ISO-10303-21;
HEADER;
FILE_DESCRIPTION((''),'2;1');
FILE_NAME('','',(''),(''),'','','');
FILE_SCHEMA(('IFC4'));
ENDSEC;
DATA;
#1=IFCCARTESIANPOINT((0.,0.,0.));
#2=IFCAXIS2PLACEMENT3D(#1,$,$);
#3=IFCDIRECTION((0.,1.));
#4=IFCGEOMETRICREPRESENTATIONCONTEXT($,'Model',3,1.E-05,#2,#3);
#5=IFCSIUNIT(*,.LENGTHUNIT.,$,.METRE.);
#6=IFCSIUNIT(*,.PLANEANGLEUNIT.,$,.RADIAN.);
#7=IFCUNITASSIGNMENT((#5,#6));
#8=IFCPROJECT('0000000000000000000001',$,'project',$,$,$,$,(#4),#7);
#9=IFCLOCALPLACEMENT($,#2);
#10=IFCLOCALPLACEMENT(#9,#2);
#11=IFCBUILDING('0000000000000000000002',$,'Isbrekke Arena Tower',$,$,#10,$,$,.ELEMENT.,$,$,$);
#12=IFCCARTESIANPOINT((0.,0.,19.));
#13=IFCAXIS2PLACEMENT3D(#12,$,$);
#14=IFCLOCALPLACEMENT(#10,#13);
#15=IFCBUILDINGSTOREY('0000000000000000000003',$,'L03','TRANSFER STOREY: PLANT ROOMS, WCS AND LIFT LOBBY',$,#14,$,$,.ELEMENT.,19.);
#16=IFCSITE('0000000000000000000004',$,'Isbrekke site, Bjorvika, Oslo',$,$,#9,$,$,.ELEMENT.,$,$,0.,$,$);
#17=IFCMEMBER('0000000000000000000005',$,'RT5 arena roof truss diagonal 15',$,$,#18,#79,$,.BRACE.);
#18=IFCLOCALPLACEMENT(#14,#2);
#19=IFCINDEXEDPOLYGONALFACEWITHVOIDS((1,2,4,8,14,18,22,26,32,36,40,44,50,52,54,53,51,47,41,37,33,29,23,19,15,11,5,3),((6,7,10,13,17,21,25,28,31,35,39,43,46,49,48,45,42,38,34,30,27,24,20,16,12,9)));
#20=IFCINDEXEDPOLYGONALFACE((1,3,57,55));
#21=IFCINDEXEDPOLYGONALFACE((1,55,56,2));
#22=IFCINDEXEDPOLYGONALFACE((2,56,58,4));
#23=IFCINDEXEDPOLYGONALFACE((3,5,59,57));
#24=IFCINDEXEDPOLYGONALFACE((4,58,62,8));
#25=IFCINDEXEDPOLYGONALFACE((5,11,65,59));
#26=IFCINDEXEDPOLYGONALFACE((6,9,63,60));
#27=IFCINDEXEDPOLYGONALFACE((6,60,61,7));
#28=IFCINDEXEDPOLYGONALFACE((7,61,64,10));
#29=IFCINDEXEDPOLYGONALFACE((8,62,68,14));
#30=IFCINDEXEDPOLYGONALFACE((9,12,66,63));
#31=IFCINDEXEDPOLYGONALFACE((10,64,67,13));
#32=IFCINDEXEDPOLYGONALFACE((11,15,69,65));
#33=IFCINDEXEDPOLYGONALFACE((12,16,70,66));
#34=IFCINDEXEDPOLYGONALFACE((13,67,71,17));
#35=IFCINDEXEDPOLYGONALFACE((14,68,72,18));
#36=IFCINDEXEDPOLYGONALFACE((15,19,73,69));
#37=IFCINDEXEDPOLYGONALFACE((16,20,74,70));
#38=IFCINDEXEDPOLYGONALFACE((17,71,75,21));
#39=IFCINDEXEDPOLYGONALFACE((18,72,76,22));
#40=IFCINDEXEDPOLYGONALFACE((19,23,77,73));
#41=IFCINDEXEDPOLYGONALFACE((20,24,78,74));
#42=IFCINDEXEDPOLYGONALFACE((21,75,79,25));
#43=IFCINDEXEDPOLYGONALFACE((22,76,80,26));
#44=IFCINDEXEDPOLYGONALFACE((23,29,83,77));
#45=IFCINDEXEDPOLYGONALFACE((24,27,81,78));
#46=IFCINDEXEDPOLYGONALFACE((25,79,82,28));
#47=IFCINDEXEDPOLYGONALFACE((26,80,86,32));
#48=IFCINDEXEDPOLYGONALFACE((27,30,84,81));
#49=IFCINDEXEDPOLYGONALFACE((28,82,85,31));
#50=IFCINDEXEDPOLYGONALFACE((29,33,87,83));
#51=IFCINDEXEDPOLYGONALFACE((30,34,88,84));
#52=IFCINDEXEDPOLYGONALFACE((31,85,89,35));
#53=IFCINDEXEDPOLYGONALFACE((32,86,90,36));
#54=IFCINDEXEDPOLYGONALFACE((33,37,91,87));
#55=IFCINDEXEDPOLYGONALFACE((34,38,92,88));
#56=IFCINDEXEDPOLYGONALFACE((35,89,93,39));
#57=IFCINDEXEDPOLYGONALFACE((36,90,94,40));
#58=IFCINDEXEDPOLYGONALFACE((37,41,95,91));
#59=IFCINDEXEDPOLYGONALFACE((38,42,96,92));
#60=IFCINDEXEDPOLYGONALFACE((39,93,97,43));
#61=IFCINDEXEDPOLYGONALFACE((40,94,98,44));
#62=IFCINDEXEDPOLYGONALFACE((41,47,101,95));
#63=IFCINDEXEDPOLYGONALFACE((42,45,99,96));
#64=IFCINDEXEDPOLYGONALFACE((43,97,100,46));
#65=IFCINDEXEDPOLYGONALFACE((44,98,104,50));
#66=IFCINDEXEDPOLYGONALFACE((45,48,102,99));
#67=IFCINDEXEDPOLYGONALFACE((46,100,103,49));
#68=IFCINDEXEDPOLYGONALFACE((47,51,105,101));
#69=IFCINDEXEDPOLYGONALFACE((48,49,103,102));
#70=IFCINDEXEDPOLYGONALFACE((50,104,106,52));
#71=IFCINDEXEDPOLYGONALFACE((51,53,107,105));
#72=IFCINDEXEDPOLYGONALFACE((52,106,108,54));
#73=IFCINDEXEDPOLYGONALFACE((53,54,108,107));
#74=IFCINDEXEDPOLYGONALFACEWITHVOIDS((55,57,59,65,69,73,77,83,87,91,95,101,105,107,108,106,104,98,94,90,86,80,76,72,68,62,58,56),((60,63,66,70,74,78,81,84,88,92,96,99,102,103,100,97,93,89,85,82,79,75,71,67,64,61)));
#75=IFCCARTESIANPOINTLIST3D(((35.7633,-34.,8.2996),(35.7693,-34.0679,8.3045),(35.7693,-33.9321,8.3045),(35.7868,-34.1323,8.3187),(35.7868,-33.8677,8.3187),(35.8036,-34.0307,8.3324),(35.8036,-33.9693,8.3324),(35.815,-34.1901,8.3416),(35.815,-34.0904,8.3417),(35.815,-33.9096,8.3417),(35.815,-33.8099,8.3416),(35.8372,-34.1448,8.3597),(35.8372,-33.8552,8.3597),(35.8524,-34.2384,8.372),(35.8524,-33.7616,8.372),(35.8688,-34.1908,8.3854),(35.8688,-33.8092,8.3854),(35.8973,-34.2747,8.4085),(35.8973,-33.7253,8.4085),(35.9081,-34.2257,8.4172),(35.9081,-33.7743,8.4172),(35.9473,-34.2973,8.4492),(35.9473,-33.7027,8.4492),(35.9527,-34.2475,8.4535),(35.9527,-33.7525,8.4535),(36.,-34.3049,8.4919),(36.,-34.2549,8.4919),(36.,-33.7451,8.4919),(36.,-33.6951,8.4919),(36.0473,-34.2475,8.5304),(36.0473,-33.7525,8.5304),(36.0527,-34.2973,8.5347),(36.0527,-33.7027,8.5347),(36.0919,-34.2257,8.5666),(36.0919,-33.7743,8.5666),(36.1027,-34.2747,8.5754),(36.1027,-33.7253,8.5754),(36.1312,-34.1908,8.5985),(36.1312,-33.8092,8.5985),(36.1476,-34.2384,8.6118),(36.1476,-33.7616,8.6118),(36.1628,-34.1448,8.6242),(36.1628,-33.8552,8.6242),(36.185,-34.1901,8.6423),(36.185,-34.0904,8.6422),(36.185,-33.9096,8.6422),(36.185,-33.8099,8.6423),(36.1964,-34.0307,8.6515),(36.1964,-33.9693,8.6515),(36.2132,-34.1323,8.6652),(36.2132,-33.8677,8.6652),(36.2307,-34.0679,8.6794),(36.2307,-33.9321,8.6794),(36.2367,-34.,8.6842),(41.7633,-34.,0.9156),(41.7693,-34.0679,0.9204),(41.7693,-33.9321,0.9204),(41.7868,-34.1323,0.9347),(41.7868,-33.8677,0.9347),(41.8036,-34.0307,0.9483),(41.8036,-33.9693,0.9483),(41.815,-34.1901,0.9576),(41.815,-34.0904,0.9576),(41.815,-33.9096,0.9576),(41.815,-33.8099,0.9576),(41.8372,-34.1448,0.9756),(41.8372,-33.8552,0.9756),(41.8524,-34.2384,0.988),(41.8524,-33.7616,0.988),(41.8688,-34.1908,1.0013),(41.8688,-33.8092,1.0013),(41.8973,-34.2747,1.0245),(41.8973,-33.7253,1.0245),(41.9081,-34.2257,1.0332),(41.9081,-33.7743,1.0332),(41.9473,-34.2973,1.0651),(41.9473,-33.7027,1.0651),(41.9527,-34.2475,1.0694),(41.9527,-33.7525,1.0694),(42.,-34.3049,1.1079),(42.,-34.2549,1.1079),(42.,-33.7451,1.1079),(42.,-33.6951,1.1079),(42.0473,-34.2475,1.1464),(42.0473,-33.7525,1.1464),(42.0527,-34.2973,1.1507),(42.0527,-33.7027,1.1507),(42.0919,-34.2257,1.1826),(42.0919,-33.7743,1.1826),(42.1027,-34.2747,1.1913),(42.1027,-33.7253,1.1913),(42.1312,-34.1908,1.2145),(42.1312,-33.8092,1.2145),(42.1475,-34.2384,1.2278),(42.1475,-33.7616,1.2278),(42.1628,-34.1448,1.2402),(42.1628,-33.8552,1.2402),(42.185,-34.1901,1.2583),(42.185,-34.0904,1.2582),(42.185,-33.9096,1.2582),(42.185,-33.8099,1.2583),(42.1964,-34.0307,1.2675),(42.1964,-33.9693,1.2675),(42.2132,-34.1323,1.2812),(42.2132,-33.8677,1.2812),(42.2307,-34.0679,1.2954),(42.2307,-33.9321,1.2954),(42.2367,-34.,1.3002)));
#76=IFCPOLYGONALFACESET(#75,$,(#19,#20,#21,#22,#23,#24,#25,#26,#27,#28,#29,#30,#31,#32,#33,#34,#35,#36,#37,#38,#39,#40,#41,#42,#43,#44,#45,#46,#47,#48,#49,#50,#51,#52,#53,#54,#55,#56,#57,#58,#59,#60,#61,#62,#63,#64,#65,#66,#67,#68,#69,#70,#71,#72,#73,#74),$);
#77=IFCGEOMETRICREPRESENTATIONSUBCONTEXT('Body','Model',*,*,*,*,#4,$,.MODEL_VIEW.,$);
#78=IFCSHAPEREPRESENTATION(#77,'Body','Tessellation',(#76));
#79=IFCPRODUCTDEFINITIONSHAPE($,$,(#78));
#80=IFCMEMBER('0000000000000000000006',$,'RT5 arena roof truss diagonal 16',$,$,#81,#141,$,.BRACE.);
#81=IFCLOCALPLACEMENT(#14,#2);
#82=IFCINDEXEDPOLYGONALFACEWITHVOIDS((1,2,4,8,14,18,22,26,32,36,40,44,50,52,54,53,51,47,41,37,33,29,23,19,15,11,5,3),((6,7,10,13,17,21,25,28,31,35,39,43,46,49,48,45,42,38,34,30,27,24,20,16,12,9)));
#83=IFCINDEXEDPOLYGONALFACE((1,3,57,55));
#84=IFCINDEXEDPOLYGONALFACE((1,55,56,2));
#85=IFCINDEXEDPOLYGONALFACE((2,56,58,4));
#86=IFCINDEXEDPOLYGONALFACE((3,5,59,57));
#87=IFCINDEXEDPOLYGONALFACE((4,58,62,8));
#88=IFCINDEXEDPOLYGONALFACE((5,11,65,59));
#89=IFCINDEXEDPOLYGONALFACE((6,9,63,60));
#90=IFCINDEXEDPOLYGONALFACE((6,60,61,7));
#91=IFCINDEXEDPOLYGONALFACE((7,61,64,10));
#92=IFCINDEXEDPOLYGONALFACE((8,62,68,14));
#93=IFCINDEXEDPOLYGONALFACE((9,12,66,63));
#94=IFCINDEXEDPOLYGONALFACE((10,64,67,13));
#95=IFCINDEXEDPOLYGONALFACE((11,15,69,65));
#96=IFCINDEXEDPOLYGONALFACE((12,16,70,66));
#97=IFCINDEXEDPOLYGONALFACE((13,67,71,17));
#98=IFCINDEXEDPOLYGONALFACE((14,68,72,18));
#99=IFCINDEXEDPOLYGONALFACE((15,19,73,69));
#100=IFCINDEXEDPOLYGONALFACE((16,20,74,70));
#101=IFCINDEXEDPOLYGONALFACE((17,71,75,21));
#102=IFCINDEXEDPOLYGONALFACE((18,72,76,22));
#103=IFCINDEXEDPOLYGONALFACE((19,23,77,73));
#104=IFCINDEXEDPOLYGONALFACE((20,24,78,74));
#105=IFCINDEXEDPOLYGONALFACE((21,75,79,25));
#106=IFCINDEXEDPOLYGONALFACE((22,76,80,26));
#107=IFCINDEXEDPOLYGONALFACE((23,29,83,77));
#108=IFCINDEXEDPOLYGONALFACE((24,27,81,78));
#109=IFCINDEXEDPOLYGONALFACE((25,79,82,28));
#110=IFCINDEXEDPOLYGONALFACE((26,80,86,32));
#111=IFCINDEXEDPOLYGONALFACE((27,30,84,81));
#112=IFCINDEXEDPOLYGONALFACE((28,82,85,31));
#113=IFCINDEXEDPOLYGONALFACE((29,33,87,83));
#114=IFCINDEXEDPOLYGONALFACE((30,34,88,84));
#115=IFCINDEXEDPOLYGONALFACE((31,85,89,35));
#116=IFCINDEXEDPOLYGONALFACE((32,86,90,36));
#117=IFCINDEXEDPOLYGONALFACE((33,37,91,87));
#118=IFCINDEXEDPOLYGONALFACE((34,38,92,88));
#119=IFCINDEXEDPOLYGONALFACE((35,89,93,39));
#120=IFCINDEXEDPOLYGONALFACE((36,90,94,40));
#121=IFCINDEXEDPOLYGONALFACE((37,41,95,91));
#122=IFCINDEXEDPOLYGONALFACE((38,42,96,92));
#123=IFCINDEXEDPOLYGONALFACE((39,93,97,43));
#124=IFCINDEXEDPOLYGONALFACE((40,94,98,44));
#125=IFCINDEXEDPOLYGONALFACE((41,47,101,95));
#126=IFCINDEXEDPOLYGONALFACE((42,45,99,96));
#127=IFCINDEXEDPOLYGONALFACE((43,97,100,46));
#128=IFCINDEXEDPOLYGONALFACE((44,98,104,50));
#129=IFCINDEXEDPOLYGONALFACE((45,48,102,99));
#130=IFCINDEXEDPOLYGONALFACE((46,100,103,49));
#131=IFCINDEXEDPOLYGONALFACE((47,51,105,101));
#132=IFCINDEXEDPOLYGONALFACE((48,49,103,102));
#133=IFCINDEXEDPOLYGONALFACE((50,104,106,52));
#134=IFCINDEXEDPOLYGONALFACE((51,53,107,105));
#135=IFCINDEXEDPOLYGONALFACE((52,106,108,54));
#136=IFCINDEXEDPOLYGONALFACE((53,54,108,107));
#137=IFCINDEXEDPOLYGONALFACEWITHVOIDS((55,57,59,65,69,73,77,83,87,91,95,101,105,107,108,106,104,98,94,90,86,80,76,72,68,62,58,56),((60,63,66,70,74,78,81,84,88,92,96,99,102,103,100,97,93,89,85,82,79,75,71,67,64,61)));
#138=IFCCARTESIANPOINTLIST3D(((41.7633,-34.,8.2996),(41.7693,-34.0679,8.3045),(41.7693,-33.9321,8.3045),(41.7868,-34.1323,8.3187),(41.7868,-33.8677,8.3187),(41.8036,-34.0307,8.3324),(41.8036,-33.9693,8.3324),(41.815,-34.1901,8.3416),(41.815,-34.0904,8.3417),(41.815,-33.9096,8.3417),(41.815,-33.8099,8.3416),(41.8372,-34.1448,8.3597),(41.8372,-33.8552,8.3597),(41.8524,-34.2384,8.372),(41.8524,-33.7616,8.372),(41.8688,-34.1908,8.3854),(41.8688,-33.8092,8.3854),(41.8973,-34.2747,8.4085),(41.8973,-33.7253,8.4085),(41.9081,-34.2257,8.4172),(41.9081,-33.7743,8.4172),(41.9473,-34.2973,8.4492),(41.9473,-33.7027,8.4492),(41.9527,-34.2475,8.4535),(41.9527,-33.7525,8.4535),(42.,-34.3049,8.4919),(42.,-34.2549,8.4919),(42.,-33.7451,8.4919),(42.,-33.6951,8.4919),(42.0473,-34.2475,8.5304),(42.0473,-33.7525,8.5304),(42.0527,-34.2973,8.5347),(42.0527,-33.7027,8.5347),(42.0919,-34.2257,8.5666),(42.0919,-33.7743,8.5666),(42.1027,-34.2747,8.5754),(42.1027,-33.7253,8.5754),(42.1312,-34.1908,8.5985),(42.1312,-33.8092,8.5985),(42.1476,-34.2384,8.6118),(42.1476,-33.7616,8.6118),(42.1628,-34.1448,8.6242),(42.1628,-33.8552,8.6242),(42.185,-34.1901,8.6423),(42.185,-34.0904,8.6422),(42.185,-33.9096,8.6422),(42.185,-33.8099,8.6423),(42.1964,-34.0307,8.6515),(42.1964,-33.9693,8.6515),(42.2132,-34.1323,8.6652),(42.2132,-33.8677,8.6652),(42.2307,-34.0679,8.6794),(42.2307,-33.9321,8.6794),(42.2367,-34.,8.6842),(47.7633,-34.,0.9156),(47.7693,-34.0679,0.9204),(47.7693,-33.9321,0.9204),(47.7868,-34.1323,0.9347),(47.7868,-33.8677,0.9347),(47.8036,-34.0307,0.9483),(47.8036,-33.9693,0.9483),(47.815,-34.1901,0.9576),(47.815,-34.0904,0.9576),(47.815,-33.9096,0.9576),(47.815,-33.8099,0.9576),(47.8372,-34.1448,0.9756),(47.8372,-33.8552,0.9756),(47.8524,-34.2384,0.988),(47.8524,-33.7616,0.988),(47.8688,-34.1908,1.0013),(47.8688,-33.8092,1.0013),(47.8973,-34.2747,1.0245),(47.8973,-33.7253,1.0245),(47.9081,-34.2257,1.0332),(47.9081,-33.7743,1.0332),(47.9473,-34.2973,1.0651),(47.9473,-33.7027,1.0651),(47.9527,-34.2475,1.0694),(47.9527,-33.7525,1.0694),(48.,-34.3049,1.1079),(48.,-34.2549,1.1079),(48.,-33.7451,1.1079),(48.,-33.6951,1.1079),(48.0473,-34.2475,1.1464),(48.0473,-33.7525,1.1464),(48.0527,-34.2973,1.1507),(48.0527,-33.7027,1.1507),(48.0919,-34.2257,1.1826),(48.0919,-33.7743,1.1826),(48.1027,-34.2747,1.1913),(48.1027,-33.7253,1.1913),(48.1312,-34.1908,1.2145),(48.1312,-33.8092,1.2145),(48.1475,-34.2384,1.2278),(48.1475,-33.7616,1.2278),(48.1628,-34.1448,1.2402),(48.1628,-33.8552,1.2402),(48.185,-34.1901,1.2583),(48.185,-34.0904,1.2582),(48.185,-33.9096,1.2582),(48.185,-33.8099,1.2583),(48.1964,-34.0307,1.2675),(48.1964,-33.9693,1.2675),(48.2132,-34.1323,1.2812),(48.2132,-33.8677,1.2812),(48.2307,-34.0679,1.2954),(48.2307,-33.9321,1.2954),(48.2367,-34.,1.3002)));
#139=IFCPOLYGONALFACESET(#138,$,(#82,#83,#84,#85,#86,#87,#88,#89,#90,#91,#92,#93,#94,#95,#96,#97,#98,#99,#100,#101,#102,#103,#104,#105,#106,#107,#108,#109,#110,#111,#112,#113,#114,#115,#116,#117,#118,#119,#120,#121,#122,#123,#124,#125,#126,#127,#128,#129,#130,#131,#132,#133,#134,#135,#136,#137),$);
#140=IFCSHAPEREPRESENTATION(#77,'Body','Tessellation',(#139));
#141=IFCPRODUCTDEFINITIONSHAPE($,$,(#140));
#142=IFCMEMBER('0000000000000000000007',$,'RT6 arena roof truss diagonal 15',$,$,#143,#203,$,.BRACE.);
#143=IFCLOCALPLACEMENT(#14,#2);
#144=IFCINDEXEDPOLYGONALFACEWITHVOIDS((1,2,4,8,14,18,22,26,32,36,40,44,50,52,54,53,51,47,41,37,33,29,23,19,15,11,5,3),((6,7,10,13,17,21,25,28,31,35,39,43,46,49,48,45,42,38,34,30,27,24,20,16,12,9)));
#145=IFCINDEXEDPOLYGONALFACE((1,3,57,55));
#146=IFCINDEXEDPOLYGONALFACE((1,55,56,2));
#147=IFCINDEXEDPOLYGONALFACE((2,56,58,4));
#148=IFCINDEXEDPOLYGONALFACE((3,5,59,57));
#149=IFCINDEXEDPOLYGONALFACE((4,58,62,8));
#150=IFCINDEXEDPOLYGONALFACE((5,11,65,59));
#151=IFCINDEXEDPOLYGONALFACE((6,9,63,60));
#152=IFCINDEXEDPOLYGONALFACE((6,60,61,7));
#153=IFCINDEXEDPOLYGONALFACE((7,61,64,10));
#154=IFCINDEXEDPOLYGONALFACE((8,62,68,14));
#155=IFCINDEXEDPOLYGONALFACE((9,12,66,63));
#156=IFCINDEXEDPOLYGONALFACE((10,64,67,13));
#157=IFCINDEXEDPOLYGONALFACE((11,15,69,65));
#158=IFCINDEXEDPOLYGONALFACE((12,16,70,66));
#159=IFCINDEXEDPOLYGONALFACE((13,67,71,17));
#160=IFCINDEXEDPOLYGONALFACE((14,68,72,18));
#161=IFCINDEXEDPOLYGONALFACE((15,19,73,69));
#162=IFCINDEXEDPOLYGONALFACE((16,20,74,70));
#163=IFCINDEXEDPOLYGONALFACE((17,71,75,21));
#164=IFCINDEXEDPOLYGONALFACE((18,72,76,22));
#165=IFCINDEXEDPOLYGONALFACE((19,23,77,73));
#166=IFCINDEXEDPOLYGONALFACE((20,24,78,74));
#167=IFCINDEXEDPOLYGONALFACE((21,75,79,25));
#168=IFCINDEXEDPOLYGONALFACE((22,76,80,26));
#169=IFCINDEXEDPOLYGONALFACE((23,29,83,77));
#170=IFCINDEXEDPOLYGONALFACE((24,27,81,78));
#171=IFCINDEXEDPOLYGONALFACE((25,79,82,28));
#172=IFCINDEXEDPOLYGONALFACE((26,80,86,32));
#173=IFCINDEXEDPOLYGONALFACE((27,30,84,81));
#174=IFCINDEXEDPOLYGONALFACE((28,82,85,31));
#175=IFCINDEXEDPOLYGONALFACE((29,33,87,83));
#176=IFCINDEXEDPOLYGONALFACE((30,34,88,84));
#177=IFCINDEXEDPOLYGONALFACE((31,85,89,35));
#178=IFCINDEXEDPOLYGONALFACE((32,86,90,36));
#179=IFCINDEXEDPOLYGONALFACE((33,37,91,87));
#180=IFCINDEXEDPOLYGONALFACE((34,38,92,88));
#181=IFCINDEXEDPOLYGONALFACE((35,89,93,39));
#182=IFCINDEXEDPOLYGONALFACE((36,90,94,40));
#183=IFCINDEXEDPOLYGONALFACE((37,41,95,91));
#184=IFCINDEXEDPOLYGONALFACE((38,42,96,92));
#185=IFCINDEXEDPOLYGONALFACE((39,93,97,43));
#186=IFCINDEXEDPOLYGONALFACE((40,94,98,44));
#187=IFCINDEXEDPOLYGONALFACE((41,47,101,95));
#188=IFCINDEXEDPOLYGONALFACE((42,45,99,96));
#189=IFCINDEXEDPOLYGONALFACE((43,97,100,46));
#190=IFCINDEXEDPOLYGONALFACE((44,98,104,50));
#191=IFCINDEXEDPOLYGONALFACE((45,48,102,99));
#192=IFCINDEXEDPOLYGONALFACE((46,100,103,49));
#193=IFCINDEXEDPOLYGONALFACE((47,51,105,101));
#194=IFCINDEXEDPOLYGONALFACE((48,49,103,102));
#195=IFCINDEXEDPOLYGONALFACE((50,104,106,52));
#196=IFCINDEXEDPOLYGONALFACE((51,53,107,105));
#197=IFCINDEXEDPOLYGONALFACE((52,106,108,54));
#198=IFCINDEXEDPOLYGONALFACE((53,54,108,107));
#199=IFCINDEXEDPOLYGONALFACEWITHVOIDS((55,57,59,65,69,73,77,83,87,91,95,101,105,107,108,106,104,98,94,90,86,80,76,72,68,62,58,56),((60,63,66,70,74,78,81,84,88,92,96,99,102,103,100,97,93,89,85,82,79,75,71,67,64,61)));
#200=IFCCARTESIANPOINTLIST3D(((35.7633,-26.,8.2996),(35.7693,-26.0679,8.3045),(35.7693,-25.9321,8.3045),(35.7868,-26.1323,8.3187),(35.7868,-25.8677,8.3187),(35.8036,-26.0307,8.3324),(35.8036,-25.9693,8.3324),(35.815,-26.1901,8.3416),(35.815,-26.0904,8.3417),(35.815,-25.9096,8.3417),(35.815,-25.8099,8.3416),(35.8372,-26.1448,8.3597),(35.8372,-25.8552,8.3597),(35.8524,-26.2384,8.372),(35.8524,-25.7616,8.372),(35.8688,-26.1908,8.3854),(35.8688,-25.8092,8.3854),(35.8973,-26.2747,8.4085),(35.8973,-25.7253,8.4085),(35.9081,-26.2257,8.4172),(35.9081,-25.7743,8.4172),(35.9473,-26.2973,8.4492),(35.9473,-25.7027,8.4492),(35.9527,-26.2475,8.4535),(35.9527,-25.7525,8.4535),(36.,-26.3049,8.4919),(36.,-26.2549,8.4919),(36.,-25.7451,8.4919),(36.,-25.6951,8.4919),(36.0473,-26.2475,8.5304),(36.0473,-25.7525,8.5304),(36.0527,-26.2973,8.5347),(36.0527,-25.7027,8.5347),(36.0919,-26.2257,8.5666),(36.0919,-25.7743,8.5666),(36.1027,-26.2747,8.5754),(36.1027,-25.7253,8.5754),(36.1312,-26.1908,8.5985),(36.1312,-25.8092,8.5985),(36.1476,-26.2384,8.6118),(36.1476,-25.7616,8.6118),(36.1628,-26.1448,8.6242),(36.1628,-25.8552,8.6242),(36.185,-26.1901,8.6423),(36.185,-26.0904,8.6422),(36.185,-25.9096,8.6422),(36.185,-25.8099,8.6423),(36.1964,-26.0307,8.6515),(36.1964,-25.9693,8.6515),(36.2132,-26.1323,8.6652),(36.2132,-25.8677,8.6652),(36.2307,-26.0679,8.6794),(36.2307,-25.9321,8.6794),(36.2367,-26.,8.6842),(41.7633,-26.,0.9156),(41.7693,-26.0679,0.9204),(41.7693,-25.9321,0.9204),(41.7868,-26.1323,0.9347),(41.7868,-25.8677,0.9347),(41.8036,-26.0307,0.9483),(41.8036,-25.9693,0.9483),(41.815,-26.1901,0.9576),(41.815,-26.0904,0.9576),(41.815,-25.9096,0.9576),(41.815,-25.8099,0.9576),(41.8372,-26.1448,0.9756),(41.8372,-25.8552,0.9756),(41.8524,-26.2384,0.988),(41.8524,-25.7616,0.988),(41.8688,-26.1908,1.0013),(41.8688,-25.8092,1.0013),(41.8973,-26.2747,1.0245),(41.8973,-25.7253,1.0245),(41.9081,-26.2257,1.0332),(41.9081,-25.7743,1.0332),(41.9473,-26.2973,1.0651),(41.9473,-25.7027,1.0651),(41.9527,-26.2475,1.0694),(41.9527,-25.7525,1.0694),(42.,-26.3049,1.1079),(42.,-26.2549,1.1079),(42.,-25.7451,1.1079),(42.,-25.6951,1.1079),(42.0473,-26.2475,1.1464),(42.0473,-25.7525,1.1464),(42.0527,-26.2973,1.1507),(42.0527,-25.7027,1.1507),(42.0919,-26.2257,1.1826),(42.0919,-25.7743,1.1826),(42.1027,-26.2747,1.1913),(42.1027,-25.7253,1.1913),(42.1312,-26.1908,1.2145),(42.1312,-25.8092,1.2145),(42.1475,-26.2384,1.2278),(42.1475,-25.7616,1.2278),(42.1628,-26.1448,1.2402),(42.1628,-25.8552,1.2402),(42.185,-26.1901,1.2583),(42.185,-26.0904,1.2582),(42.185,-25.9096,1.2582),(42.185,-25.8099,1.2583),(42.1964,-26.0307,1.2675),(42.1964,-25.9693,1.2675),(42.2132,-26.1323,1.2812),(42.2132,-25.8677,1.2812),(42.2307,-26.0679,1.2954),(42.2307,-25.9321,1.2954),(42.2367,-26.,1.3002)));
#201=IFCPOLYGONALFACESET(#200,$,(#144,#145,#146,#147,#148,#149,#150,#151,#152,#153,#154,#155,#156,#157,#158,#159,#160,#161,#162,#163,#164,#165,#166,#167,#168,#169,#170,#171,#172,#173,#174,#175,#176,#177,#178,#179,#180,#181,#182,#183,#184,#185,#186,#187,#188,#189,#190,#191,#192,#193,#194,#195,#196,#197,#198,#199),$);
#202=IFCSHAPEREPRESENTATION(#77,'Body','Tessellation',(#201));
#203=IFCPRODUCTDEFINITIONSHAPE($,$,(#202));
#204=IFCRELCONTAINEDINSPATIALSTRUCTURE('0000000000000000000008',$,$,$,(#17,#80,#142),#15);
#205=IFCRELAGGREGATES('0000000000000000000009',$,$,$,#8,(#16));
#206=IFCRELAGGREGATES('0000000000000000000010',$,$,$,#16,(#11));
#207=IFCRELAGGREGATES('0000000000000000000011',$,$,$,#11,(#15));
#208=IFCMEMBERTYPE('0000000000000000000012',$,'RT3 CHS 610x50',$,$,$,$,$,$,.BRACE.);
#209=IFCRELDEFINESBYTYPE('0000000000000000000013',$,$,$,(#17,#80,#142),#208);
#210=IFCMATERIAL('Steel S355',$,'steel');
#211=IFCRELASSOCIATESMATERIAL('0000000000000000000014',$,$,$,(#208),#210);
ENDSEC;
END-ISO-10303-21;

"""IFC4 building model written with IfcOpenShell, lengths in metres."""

from ifc_helpers import new_model, si_unit, direction, frame, origin, origin_2d, place, context, subcontext, project, spatial, hollow_circle, extrude, material, material_profile, profile_set, type_object, element, save


model = new_model("IFC4")

# Units and contexts
model_context = context("Model", 3, precision=1e-05, world=origin(), true_north=direction((0.0, 1.0)))
body_context = subcontext(model_context, "Body", "Model", "MODEL_VIEW")
ifc_project = project(units=[si_unit("LENGTHUNIT", "METRE"), si_unit("PLANEANGLEUNIT", "RADIAN")], contexts=[model_context])

# Site, building, storey
site_placement = place(None, origin())
site = spatial("IfcSite", under=ifc_project, at=site_placement, Name="Isbrekke site, Bjorvika, Oslo", CompositionType="ELEMENT", RefElevation=0.0)
building_placement = place(site_placement, origin())
building = spatial("IfcBuilding", under=site, at=building_placement, Name="Isbrekke Arena Tower", CompositionType="ELEMENT")
storey_placement = place(building_placement, frame((0.0, 0.0, 19.0)))
storey = spatial("IfcBuildingStorey", under=building, at=storey_placement, Name="L03", Description="TRANSFER STOREY: PLANT ROOMS, WCS AND LIFT LOBBY", CompositionType="ELEMENT", Elevation=19.0)

# Members
ifc_material_1 = material(Name="Steel S355", Category="steel")
ifc_material_profile_1 = material_profile(ifc_material_1, hollow_circle(Radius=0.3049, WallThickness=0.05, at=origin_2d()), Name="CHS 610x50")
ifc_profile_set_1 = profile_set([ifc_material_profile_1], Name="Steel S355")
member_type_1 = type_object("IfcMemberType", Name="RT3 CHS 610x50", PredefinedType="BRACE", material=ifc_profile_set_1)
for number, where, z_axis, x_axis, name in (
    (1, (36.0, -34.0, 8.4919), (0.630623, 0.0, -0.77609), (0.0, 1.0, 0.0), "RT5 arena roof truss diagonal 15"),
    (2, (42.0, -34.0, 8.4919), (0.630623, 0.0, -0.77609), (0.0, 1.0, 0.0), "RT5 arena roof truss diagonal 16"),
    (3, (36.0, -26.0, 8.4919), (0.630623, 0.0, -0.77609), (0.0, 1.0, 0.0), "RT6 arena roof truss diagonal 15"),
):
    element("IfcMember", number, at=place(storey_placement, frame(where, z_axis=z_axis, x_axis=x_axis)), inside=storey, type_object=member_type_1, Name=name, PredefinedType="BRACE", context=body_context, shape_type="SweptSolid", body=[
        extrude(hollow_circle(Radius=0.3049, WallThickness=0.05, at=origin_2d()), origin(), (0.0, 0.0, 1.0), 9.5144),
    ])

save(model, "model.ifc")
